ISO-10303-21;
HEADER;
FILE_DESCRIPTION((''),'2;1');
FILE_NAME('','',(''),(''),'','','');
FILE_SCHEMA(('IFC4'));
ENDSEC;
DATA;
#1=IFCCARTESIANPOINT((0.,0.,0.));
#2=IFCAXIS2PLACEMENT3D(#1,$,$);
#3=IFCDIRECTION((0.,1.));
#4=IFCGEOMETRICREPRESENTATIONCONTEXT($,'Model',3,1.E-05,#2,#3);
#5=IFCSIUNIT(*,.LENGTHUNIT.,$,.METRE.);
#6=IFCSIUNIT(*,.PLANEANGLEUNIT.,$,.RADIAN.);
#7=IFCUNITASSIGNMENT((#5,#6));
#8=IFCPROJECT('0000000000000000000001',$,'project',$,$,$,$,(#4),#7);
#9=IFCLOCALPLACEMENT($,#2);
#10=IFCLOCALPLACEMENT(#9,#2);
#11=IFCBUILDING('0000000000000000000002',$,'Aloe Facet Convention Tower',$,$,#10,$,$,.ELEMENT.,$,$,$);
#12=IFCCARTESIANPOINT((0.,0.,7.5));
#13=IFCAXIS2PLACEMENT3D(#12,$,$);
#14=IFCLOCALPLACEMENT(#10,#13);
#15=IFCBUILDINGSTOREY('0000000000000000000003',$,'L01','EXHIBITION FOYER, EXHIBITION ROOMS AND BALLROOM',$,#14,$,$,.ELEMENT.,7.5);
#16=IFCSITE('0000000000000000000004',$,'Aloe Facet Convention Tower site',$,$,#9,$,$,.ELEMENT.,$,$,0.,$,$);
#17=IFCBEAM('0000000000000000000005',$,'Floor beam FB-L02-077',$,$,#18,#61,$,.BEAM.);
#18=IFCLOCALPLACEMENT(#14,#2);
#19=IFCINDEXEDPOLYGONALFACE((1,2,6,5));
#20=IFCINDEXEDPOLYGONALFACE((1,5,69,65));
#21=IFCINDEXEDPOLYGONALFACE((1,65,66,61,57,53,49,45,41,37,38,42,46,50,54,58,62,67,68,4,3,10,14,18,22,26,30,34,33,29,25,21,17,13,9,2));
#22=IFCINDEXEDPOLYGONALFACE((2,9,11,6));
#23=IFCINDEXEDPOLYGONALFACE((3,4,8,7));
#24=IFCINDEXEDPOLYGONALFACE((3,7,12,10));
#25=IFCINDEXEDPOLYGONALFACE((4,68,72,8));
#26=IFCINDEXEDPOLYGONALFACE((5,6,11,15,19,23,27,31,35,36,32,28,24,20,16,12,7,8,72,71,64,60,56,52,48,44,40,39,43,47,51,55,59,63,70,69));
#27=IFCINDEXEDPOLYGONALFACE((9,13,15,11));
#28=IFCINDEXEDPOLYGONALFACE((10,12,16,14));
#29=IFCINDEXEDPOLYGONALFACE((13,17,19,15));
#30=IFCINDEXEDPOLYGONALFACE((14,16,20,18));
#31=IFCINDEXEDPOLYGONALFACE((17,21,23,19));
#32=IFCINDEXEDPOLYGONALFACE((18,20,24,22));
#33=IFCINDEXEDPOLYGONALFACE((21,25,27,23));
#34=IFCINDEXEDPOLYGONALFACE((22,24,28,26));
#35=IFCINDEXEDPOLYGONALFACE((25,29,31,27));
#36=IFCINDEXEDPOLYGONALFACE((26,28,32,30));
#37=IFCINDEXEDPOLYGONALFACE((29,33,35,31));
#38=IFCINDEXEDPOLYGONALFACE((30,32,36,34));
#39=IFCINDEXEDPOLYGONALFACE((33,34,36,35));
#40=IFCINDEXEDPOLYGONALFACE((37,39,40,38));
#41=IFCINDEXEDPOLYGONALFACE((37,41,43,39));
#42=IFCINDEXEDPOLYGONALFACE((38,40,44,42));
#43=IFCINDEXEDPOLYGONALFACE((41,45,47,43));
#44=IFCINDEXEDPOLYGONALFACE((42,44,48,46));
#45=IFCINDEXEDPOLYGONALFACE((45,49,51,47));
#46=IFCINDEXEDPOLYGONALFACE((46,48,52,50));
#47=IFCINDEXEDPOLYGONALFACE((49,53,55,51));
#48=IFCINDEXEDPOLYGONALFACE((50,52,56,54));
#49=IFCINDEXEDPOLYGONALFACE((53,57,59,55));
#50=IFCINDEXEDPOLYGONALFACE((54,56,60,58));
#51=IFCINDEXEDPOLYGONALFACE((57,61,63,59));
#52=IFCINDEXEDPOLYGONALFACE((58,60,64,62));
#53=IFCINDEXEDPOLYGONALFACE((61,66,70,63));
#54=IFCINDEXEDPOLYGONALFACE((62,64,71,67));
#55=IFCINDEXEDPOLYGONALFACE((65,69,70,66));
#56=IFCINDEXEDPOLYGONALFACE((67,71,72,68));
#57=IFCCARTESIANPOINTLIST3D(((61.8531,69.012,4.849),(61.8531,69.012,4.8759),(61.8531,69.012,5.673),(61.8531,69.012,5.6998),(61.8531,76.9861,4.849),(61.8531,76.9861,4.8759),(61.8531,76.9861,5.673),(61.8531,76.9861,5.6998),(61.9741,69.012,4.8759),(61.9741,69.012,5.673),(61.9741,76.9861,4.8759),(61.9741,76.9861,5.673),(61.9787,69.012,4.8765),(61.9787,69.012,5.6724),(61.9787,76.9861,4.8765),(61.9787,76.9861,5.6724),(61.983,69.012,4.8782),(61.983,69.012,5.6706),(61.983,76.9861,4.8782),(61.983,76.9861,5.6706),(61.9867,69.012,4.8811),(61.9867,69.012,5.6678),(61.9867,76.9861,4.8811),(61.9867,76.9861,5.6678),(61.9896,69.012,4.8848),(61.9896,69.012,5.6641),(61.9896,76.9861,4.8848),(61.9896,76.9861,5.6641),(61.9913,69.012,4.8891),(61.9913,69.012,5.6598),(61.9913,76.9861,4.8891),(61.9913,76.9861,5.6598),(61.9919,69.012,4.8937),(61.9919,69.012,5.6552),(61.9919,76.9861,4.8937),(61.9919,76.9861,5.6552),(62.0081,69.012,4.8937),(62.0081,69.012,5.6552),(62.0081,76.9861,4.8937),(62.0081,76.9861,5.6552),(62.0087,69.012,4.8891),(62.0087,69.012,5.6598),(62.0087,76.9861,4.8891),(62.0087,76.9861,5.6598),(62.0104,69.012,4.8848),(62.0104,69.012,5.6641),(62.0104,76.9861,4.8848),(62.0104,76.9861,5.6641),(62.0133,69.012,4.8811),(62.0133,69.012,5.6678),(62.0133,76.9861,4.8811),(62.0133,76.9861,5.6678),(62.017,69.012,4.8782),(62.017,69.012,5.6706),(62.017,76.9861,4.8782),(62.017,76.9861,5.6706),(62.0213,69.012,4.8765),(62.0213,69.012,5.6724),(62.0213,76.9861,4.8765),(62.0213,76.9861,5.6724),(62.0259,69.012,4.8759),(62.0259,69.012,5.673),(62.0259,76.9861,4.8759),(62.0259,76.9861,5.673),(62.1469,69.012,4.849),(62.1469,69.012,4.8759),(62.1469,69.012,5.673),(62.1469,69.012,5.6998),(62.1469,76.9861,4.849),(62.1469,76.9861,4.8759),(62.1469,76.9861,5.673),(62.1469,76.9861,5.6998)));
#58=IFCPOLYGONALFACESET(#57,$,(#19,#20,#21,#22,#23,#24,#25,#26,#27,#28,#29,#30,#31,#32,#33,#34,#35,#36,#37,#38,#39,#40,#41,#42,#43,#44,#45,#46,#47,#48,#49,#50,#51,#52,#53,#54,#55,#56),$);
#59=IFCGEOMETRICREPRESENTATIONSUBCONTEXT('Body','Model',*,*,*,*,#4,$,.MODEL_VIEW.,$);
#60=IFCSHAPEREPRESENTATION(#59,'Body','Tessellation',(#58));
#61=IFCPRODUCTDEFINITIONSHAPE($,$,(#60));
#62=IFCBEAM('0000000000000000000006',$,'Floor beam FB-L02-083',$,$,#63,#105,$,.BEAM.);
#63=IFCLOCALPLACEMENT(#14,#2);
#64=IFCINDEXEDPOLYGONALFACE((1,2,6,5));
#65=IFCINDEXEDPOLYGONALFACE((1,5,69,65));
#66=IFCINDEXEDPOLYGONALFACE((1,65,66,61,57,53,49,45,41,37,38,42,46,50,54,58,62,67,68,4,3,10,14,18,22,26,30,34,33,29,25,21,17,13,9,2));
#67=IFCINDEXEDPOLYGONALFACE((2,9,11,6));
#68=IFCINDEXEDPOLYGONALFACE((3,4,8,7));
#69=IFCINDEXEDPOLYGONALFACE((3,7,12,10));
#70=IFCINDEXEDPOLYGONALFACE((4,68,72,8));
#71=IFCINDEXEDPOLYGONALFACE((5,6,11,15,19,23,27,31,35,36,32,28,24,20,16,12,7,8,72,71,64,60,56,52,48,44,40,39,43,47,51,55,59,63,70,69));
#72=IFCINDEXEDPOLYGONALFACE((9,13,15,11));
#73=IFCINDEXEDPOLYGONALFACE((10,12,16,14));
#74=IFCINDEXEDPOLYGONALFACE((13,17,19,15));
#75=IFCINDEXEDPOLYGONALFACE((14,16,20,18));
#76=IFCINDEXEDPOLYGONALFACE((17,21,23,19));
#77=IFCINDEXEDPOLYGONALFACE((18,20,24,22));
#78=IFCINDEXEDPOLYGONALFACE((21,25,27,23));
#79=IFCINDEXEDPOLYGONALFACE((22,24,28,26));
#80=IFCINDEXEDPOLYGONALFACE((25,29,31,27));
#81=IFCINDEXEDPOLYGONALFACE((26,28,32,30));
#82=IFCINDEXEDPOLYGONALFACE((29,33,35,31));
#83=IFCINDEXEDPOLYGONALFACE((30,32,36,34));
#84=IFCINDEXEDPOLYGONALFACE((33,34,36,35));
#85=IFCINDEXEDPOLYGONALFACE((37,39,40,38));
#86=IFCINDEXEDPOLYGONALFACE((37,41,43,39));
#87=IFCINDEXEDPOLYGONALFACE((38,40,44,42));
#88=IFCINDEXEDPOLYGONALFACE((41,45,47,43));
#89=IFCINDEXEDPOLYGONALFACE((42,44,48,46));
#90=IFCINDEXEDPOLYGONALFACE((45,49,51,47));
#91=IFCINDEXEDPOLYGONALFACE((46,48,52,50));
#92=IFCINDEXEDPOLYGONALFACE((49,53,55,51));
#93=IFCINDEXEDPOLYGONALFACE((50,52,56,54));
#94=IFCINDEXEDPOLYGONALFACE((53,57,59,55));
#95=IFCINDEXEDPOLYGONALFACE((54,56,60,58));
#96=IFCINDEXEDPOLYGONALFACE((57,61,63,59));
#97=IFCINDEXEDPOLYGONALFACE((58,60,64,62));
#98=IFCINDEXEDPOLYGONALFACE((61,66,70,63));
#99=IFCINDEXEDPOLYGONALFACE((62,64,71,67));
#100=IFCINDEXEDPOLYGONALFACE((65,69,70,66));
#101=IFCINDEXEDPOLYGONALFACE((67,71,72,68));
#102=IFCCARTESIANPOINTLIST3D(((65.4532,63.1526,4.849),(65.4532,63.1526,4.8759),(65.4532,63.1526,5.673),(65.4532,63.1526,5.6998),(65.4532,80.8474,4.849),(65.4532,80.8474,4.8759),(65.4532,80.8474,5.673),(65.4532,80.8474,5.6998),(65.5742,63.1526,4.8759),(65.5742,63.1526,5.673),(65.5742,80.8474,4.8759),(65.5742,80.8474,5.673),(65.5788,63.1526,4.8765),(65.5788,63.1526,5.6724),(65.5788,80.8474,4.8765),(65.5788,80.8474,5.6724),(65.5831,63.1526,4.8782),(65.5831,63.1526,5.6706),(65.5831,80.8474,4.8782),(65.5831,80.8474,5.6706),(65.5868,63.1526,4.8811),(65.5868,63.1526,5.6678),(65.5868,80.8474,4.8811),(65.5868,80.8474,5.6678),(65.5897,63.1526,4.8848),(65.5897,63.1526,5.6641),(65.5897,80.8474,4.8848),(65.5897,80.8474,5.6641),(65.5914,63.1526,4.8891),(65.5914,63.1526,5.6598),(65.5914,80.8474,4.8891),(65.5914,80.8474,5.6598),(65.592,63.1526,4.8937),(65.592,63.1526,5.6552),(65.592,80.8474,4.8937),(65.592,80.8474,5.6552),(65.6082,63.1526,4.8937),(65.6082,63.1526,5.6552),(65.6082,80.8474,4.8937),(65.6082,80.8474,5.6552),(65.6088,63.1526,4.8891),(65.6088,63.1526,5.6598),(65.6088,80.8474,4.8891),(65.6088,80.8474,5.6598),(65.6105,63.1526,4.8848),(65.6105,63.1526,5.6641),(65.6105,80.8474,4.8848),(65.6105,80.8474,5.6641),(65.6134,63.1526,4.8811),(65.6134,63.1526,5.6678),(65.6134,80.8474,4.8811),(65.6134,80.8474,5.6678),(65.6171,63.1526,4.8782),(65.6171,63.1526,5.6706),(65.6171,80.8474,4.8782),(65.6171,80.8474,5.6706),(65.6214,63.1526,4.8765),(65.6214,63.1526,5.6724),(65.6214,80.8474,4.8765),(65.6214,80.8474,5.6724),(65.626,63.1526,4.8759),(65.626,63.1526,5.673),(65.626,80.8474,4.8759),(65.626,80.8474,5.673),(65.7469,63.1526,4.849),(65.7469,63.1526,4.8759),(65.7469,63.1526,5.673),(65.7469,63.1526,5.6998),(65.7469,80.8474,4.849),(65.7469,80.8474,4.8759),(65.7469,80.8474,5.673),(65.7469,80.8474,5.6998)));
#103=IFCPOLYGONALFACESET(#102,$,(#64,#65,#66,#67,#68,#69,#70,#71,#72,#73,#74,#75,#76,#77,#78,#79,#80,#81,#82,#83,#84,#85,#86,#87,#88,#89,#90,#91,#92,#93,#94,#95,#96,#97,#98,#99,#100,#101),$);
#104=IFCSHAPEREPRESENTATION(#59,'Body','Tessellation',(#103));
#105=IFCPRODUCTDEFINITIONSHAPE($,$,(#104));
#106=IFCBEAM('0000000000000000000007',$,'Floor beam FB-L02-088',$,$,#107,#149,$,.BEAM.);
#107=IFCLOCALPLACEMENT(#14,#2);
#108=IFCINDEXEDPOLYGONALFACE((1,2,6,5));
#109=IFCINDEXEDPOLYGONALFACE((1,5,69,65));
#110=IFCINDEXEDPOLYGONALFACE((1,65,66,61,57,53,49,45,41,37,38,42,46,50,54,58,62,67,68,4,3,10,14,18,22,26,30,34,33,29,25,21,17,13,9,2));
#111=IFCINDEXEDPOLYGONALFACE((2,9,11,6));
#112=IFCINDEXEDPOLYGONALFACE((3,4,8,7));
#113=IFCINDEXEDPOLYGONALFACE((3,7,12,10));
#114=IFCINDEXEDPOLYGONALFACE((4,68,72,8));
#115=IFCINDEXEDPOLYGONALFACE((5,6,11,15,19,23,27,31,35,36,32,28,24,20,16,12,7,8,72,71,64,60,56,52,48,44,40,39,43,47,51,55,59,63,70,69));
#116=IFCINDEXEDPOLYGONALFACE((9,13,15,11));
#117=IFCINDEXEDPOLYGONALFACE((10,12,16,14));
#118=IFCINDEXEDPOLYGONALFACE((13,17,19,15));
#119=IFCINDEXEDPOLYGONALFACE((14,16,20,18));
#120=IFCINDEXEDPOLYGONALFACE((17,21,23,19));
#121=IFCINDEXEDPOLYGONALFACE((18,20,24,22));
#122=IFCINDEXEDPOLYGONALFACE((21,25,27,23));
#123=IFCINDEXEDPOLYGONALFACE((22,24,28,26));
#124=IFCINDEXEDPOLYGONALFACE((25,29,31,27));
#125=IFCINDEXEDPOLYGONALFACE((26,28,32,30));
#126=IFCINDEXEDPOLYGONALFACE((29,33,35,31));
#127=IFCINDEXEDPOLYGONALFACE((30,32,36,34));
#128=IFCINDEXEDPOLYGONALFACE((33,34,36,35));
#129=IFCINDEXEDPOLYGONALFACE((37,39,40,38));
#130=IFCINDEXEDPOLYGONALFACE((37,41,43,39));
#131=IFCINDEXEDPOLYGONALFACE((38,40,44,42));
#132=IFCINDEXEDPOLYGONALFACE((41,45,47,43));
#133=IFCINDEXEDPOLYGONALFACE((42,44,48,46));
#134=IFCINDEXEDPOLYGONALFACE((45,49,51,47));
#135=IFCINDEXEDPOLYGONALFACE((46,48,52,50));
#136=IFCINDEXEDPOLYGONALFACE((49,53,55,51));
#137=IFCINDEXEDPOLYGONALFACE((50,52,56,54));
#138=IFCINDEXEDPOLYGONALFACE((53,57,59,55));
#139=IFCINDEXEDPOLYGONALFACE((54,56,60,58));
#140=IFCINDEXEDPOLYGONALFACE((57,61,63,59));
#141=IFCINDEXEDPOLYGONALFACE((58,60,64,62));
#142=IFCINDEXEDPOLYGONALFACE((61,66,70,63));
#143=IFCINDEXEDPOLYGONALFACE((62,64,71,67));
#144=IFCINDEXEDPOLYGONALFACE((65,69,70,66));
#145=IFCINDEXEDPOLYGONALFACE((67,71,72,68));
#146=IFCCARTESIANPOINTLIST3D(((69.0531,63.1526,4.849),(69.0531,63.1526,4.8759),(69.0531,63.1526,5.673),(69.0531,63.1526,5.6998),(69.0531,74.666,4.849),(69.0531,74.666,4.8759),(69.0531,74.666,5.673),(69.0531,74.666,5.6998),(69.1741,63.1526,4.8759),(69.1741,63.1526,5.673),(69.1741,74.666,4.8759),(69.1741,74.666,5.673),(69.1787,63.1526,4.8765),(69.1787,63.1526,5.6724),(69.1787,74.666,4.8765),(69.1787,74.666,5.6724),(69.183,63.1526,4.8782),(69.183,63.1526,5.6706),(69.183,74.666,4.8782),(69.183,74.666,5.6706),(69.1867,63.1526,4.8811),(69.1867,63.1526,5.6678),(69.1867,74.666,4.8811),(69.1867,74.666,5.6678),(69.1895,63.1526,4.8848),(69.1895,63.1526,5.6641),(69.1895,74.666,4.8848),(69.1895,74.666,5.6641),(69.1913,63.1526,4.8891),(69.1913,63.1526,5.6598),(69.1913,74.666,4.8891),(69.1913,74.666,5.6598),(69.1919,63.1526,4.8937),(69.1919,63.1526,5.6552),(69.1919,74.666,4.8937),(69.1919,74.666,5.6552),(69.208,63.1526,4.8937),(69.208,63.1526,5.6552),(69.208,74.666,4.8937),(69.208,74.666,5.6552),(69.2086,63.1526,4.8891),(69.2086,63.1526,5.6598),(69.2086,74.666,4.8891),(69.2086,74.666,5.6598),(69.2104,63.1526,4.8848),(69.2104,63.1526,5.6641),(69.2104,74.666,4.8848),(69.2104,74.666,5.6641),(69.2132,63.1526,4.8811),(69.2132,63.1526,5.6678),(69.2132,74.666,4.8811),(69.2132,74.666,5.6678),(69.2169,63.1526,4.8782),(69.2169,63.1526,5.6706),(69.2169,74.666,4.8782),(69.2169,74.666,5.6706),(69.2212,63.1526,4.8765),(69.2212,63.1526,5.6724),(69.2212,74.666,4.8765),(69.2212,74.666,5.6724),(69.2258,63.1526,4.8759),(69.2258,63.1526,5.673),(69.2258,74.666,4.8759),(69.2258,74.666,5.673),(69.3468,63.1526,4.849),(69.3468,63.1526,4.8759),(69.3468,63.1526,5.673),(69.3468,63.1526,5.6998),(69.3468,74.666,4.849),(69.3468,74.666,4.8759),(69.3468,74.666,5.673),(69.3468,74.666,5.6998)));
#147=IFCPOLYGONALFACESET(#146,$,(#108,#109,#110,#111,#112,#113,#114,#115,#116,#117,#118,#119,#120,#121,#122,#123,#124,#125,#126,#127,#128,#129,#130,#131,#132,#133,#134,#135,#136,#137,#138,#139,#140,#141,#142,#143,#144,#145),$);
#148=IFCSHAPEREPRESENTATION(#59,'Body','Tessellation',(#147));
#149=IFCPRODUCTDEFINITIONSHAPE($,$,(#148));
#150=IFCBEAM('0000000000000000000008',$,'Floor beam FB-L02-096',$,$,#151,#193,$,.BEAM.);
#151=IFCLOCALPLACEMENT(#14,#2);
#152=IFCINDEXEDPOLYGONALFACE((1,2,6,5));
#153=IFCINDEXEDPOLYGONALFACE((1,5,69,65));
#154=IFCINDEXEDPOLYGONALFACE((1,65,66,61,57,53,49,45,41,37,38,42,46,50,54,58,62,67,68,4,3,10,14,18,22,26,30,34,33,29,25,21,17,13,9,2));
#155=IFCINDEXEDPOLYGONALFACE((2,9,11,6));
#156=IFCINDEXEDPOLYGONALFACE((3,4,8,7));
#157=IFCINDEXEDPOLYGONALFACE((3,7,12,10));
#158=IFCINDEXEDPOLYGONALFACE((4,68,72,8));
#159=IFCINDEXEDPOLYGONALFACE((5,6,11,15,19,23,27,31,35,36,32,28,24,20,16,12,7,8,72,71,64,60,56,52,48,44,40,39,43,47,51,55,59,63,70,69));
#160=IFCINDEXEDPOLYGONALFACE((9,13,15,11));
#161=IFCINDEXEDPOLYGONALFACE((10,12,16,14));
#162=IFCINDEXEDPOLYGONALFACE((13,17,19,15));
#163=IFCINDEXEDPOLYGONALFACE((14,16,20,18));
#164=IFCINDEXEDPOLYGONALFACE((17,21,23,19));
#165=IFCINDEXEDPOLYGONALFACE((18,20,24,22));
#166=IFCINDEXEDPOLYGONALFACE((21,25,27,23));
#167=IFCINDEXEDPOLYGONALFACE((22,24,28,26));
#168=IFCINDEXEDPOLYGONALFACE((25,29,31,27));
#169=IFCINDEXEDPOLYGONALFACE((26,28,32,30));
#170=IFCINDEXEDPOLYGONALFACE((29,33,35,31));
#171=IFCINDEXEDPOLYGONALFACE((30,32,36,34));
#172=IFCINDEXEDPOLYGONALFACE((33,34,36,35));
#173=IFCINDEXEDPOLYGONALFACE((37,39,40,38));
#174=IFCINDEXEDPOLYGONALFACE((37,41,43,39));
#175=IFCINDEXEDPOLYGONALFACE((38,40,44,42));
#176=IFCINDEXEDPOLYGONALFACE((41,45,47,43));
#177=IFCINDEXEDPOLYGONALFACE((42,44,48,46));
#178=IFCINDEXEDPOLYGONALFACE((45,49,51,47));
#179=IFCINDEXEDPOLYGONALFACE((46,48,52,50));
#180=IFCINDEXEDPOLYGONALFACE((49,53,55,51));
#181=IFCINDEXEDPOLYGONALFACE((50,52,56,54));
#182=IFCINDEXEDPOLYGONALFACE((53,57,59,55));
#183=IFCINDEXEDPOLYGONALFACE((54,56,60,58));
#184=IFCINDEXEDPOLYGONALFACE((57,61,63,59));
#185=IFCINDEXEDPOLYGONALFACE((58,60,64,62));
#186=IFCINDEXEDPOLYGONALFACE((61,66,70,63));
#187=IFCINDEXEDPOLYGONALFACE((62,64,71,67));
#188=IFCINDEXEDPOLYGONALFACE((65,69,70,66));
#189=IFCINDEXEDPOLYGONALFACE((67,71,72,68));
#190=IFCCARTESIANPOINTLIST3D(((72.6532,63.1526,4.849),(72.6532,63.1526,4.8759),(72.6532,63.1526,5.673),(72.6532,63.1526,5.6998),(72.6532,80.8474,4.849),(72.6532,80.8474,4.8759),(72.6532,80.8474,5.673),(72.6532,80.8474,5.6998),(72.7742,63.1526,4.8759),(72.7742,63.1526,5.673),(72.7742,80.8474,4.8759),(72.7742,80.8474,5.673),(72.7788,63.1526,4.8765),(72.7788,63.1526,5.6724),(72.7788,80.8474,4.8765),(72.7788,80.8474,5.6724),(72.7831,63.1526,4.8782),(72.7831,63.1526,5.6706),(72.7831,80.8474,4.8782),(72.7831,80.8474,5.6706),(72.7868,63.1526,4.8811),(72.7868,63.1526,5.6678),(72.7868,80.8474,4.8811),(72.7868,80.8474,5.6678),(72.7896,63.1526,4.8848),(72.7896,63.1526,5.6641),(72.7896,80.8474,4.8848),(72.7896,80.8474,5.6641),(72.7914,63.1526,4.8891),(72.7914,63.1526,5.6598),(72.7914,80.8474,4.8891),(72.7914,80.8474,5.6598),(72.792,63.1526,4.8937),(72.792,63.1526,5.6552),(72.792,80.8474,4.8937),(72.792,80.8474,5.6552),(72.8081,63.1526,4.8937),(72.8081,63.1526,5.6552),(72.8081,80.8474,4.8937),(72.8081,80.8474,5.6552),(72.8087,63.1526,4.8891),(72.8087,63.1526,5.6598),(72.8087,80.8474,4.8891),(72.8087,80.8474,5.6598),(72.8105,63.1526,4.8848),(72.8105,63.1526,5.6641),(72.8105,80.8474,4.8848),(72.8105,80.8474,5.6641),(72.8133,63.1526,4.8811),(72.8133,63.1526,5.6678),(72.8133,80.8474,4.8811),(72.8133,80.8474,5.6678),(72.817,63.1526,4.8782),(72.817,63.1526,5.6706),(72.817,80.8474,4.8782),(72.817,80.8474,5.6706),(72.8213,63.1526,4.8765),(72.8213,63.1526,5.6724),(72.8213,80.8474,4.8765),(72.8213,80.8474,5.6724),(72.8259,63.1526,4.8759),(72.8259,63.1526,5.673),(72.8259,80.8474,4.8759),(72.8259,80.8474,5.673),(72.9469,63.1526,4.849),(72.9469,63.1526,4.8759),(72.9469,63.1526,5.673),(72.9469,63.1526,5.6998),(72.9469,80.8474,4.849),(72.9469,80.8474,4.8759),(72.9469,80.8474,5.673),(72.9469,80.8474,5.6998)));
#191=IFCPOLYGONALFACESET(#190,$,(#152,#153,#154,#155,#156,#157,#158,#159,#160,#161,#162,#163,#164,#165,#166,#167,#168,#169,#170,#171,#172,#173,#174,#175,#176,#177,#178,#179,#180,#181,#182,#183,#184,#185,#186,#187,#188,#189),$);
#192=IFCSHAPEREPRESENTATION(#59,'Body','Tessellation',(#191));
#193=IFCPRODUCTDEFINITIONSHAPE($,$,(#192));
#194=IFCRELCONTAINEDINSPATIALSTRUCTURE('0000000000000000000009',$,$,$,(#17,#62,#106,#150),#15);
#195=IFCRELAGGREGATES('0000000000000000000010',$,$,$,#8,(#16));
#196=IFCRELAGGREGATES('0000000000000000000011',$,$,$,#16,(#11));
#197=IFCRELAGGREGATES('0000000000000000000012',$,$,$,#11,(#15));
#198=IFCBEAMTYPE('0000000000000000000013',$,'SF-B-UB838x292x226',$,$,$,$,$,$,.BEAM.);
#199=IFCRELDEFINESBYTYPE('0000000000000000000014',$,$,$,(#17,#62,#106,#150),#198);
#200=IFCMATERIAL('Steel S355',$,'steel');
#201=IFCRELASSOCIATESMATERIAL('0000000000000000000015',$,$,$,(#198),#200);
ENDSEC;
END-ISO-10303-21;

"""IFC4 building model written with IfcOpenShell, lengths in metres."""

from ifc_helpers import new_model, si_unit, direction, frame, origin, origin_2d, place, context, subcontext, project, spatial, i_section, extrude, material, material_profile, profile_set, type_object, element, save


model = new_model("IFC4")

# Units and contexts
model_context = context("Model", 3, precision=1e-05, world=origin(), true_north=direction((0.0, 1.0)))
body_context = subcontext(model_context, "Body", "Model", "MODEL_VIEW")
ifc_project = project(units=[si_unit("LENGTHUNIT", "METRE"), si_unit("PLANEANGLEUNIT", "RADIAN")], contexts=[model_context])

# Site, building, storey
site_placement = place(None, origin())
site = spatial("IfcSite", under=ifc_project, at=site_placement, Name="Aloe Facet Convention Tower site", CompositionType="ELEMENT", RefElevation=0.0)
building_placement = place(site_placement, origin())
building = spatial("IfcBuilding", under=site, at=building_placement, Name="Aloe Facet Convention Tower", CompositionType="ELEMENT")
storey_placement = place(building_placement, frame((0.0, 0.0, 7.5)))
storey = spatial("IfcBuildingStorey", under=building, at=storey_placement, Name="L01", Description="EXHIBITION FOYER, EXHIBITION ROOMS AND BALLROOM", CompositionType="ELEMENT", Elevation=7.5)

# Beams
ifc_material_1 = material(Name="Steel S355", Category="steel")
ifc_material_profile_1 = material_profile(ifc_material_1, i_section(OverallWidth=0.2937, OverallDepth=0.8508, WebThickness=0.0161, FlangeThickness=0.0269, FilletRadius=0.0178, at=origin_2d()), Name="UB 838x292x226")
ifc_profile_set_1 = profile_set([ifc_material_profile_1], Name="Steel S355")
beam_type_1 = type_object("IfcBeamType", Name="SF-B-UB838x292x226", PredefinedType="BEAM", material=ifc_profile_set_1)
beam_1_placement = place(storey_placement, frame((62.0, 69.012, 5.2744), z_axis=(0.0, 1.0, 0.0), x_axis=(-1.0, 0.0, 0.0)))
element("IfcBeam", 1, at=beam_1_placement, inside=storey, type_object=beam_type_1, Name="Floor beam FB-L02-077", PredefinedType="BEAM", context=body_context, shape_type="SweptSolid", body=[
    extrude(i_section(OverallWidth=0.2937, OverallDepth=0.8508, WebThickness=0.0161, FlangeThickness=0.0269, FilletRadius=0.0178, at=origin_2d()), origin(), (0.0, 0.0, 1.0), 7.9741),
])
beam_2_placement = place(storey_placement, frame((65.6001, 63.1526, 5.2744), z_axis=(0.0, 1.0, 0.0), x_axis=(-1.0, 0.0, 0.0)))
element("IfcBeam", 2, at=beam_2_placement, inside=storey, type_object=beam_type_1, Name="Floor beam FB-L02-083", PredefinedType="BEAM", context=body_context, shape_type="SweptSolid", body=[
    extrude(i_section(OverallWidth=0.2937, OverallDepth=0.8508, WebThickness=0.0161, FlangeThickness=0.0269, FilletRadius=0.0178, at=origin_2d()), origin(), (0.0, 0.0, 1.0), 17.6948),
])
beam_3_placement = place(storey_placement, frame((69.2, 63.1526, 5.2744), z_axis=(0.0, 1.0, 0.0), x_axis=(-1.0, 0.0, 0.0)))
element("IfcBeam", 3, at=beam_3_placement, inside=storey, type_object=beam_type_1, Name="Floor beam FB-L02-088", PredefinedType="BEAM", context=body_context, shape_type="SweptSolid", body=[
    extrude(i_section(OverallWidth=0.2937, OverallDepth=0.8508, WebThickness=0.0161, FlangeThickness=0.0269, FilletRadius=0.0178, at=origin_2d()), origin(), (0.0, 0.0, 1.0), 11.5134),
])
beam_4_placement = place(storey_placement, frame((72.8, 63.1526, 5.2744), z_axis=(0.0, 1.0, 0.0), x_axis=(-1.0, 0.0, 0.0)))
element("IfcBeam", 4, at=beam_4_placement, inside=storey, type_object=beam_type_1, Name="Floor beam FB-L02-096", PredefinedType="BEAM", context=body_context, shape_type="SweptSolid", body=[
    extrude(i_section(OverallWidth=0.2937, OverallDepth=0.8508, WebThickness=0.0161, FlangeThickness=0.0269, FilletRadius=0.0178, at=origin_2d()), origin(), (0.0, 0.0, 1.0), 17.6948),
])

save(model, "model.ifc")
